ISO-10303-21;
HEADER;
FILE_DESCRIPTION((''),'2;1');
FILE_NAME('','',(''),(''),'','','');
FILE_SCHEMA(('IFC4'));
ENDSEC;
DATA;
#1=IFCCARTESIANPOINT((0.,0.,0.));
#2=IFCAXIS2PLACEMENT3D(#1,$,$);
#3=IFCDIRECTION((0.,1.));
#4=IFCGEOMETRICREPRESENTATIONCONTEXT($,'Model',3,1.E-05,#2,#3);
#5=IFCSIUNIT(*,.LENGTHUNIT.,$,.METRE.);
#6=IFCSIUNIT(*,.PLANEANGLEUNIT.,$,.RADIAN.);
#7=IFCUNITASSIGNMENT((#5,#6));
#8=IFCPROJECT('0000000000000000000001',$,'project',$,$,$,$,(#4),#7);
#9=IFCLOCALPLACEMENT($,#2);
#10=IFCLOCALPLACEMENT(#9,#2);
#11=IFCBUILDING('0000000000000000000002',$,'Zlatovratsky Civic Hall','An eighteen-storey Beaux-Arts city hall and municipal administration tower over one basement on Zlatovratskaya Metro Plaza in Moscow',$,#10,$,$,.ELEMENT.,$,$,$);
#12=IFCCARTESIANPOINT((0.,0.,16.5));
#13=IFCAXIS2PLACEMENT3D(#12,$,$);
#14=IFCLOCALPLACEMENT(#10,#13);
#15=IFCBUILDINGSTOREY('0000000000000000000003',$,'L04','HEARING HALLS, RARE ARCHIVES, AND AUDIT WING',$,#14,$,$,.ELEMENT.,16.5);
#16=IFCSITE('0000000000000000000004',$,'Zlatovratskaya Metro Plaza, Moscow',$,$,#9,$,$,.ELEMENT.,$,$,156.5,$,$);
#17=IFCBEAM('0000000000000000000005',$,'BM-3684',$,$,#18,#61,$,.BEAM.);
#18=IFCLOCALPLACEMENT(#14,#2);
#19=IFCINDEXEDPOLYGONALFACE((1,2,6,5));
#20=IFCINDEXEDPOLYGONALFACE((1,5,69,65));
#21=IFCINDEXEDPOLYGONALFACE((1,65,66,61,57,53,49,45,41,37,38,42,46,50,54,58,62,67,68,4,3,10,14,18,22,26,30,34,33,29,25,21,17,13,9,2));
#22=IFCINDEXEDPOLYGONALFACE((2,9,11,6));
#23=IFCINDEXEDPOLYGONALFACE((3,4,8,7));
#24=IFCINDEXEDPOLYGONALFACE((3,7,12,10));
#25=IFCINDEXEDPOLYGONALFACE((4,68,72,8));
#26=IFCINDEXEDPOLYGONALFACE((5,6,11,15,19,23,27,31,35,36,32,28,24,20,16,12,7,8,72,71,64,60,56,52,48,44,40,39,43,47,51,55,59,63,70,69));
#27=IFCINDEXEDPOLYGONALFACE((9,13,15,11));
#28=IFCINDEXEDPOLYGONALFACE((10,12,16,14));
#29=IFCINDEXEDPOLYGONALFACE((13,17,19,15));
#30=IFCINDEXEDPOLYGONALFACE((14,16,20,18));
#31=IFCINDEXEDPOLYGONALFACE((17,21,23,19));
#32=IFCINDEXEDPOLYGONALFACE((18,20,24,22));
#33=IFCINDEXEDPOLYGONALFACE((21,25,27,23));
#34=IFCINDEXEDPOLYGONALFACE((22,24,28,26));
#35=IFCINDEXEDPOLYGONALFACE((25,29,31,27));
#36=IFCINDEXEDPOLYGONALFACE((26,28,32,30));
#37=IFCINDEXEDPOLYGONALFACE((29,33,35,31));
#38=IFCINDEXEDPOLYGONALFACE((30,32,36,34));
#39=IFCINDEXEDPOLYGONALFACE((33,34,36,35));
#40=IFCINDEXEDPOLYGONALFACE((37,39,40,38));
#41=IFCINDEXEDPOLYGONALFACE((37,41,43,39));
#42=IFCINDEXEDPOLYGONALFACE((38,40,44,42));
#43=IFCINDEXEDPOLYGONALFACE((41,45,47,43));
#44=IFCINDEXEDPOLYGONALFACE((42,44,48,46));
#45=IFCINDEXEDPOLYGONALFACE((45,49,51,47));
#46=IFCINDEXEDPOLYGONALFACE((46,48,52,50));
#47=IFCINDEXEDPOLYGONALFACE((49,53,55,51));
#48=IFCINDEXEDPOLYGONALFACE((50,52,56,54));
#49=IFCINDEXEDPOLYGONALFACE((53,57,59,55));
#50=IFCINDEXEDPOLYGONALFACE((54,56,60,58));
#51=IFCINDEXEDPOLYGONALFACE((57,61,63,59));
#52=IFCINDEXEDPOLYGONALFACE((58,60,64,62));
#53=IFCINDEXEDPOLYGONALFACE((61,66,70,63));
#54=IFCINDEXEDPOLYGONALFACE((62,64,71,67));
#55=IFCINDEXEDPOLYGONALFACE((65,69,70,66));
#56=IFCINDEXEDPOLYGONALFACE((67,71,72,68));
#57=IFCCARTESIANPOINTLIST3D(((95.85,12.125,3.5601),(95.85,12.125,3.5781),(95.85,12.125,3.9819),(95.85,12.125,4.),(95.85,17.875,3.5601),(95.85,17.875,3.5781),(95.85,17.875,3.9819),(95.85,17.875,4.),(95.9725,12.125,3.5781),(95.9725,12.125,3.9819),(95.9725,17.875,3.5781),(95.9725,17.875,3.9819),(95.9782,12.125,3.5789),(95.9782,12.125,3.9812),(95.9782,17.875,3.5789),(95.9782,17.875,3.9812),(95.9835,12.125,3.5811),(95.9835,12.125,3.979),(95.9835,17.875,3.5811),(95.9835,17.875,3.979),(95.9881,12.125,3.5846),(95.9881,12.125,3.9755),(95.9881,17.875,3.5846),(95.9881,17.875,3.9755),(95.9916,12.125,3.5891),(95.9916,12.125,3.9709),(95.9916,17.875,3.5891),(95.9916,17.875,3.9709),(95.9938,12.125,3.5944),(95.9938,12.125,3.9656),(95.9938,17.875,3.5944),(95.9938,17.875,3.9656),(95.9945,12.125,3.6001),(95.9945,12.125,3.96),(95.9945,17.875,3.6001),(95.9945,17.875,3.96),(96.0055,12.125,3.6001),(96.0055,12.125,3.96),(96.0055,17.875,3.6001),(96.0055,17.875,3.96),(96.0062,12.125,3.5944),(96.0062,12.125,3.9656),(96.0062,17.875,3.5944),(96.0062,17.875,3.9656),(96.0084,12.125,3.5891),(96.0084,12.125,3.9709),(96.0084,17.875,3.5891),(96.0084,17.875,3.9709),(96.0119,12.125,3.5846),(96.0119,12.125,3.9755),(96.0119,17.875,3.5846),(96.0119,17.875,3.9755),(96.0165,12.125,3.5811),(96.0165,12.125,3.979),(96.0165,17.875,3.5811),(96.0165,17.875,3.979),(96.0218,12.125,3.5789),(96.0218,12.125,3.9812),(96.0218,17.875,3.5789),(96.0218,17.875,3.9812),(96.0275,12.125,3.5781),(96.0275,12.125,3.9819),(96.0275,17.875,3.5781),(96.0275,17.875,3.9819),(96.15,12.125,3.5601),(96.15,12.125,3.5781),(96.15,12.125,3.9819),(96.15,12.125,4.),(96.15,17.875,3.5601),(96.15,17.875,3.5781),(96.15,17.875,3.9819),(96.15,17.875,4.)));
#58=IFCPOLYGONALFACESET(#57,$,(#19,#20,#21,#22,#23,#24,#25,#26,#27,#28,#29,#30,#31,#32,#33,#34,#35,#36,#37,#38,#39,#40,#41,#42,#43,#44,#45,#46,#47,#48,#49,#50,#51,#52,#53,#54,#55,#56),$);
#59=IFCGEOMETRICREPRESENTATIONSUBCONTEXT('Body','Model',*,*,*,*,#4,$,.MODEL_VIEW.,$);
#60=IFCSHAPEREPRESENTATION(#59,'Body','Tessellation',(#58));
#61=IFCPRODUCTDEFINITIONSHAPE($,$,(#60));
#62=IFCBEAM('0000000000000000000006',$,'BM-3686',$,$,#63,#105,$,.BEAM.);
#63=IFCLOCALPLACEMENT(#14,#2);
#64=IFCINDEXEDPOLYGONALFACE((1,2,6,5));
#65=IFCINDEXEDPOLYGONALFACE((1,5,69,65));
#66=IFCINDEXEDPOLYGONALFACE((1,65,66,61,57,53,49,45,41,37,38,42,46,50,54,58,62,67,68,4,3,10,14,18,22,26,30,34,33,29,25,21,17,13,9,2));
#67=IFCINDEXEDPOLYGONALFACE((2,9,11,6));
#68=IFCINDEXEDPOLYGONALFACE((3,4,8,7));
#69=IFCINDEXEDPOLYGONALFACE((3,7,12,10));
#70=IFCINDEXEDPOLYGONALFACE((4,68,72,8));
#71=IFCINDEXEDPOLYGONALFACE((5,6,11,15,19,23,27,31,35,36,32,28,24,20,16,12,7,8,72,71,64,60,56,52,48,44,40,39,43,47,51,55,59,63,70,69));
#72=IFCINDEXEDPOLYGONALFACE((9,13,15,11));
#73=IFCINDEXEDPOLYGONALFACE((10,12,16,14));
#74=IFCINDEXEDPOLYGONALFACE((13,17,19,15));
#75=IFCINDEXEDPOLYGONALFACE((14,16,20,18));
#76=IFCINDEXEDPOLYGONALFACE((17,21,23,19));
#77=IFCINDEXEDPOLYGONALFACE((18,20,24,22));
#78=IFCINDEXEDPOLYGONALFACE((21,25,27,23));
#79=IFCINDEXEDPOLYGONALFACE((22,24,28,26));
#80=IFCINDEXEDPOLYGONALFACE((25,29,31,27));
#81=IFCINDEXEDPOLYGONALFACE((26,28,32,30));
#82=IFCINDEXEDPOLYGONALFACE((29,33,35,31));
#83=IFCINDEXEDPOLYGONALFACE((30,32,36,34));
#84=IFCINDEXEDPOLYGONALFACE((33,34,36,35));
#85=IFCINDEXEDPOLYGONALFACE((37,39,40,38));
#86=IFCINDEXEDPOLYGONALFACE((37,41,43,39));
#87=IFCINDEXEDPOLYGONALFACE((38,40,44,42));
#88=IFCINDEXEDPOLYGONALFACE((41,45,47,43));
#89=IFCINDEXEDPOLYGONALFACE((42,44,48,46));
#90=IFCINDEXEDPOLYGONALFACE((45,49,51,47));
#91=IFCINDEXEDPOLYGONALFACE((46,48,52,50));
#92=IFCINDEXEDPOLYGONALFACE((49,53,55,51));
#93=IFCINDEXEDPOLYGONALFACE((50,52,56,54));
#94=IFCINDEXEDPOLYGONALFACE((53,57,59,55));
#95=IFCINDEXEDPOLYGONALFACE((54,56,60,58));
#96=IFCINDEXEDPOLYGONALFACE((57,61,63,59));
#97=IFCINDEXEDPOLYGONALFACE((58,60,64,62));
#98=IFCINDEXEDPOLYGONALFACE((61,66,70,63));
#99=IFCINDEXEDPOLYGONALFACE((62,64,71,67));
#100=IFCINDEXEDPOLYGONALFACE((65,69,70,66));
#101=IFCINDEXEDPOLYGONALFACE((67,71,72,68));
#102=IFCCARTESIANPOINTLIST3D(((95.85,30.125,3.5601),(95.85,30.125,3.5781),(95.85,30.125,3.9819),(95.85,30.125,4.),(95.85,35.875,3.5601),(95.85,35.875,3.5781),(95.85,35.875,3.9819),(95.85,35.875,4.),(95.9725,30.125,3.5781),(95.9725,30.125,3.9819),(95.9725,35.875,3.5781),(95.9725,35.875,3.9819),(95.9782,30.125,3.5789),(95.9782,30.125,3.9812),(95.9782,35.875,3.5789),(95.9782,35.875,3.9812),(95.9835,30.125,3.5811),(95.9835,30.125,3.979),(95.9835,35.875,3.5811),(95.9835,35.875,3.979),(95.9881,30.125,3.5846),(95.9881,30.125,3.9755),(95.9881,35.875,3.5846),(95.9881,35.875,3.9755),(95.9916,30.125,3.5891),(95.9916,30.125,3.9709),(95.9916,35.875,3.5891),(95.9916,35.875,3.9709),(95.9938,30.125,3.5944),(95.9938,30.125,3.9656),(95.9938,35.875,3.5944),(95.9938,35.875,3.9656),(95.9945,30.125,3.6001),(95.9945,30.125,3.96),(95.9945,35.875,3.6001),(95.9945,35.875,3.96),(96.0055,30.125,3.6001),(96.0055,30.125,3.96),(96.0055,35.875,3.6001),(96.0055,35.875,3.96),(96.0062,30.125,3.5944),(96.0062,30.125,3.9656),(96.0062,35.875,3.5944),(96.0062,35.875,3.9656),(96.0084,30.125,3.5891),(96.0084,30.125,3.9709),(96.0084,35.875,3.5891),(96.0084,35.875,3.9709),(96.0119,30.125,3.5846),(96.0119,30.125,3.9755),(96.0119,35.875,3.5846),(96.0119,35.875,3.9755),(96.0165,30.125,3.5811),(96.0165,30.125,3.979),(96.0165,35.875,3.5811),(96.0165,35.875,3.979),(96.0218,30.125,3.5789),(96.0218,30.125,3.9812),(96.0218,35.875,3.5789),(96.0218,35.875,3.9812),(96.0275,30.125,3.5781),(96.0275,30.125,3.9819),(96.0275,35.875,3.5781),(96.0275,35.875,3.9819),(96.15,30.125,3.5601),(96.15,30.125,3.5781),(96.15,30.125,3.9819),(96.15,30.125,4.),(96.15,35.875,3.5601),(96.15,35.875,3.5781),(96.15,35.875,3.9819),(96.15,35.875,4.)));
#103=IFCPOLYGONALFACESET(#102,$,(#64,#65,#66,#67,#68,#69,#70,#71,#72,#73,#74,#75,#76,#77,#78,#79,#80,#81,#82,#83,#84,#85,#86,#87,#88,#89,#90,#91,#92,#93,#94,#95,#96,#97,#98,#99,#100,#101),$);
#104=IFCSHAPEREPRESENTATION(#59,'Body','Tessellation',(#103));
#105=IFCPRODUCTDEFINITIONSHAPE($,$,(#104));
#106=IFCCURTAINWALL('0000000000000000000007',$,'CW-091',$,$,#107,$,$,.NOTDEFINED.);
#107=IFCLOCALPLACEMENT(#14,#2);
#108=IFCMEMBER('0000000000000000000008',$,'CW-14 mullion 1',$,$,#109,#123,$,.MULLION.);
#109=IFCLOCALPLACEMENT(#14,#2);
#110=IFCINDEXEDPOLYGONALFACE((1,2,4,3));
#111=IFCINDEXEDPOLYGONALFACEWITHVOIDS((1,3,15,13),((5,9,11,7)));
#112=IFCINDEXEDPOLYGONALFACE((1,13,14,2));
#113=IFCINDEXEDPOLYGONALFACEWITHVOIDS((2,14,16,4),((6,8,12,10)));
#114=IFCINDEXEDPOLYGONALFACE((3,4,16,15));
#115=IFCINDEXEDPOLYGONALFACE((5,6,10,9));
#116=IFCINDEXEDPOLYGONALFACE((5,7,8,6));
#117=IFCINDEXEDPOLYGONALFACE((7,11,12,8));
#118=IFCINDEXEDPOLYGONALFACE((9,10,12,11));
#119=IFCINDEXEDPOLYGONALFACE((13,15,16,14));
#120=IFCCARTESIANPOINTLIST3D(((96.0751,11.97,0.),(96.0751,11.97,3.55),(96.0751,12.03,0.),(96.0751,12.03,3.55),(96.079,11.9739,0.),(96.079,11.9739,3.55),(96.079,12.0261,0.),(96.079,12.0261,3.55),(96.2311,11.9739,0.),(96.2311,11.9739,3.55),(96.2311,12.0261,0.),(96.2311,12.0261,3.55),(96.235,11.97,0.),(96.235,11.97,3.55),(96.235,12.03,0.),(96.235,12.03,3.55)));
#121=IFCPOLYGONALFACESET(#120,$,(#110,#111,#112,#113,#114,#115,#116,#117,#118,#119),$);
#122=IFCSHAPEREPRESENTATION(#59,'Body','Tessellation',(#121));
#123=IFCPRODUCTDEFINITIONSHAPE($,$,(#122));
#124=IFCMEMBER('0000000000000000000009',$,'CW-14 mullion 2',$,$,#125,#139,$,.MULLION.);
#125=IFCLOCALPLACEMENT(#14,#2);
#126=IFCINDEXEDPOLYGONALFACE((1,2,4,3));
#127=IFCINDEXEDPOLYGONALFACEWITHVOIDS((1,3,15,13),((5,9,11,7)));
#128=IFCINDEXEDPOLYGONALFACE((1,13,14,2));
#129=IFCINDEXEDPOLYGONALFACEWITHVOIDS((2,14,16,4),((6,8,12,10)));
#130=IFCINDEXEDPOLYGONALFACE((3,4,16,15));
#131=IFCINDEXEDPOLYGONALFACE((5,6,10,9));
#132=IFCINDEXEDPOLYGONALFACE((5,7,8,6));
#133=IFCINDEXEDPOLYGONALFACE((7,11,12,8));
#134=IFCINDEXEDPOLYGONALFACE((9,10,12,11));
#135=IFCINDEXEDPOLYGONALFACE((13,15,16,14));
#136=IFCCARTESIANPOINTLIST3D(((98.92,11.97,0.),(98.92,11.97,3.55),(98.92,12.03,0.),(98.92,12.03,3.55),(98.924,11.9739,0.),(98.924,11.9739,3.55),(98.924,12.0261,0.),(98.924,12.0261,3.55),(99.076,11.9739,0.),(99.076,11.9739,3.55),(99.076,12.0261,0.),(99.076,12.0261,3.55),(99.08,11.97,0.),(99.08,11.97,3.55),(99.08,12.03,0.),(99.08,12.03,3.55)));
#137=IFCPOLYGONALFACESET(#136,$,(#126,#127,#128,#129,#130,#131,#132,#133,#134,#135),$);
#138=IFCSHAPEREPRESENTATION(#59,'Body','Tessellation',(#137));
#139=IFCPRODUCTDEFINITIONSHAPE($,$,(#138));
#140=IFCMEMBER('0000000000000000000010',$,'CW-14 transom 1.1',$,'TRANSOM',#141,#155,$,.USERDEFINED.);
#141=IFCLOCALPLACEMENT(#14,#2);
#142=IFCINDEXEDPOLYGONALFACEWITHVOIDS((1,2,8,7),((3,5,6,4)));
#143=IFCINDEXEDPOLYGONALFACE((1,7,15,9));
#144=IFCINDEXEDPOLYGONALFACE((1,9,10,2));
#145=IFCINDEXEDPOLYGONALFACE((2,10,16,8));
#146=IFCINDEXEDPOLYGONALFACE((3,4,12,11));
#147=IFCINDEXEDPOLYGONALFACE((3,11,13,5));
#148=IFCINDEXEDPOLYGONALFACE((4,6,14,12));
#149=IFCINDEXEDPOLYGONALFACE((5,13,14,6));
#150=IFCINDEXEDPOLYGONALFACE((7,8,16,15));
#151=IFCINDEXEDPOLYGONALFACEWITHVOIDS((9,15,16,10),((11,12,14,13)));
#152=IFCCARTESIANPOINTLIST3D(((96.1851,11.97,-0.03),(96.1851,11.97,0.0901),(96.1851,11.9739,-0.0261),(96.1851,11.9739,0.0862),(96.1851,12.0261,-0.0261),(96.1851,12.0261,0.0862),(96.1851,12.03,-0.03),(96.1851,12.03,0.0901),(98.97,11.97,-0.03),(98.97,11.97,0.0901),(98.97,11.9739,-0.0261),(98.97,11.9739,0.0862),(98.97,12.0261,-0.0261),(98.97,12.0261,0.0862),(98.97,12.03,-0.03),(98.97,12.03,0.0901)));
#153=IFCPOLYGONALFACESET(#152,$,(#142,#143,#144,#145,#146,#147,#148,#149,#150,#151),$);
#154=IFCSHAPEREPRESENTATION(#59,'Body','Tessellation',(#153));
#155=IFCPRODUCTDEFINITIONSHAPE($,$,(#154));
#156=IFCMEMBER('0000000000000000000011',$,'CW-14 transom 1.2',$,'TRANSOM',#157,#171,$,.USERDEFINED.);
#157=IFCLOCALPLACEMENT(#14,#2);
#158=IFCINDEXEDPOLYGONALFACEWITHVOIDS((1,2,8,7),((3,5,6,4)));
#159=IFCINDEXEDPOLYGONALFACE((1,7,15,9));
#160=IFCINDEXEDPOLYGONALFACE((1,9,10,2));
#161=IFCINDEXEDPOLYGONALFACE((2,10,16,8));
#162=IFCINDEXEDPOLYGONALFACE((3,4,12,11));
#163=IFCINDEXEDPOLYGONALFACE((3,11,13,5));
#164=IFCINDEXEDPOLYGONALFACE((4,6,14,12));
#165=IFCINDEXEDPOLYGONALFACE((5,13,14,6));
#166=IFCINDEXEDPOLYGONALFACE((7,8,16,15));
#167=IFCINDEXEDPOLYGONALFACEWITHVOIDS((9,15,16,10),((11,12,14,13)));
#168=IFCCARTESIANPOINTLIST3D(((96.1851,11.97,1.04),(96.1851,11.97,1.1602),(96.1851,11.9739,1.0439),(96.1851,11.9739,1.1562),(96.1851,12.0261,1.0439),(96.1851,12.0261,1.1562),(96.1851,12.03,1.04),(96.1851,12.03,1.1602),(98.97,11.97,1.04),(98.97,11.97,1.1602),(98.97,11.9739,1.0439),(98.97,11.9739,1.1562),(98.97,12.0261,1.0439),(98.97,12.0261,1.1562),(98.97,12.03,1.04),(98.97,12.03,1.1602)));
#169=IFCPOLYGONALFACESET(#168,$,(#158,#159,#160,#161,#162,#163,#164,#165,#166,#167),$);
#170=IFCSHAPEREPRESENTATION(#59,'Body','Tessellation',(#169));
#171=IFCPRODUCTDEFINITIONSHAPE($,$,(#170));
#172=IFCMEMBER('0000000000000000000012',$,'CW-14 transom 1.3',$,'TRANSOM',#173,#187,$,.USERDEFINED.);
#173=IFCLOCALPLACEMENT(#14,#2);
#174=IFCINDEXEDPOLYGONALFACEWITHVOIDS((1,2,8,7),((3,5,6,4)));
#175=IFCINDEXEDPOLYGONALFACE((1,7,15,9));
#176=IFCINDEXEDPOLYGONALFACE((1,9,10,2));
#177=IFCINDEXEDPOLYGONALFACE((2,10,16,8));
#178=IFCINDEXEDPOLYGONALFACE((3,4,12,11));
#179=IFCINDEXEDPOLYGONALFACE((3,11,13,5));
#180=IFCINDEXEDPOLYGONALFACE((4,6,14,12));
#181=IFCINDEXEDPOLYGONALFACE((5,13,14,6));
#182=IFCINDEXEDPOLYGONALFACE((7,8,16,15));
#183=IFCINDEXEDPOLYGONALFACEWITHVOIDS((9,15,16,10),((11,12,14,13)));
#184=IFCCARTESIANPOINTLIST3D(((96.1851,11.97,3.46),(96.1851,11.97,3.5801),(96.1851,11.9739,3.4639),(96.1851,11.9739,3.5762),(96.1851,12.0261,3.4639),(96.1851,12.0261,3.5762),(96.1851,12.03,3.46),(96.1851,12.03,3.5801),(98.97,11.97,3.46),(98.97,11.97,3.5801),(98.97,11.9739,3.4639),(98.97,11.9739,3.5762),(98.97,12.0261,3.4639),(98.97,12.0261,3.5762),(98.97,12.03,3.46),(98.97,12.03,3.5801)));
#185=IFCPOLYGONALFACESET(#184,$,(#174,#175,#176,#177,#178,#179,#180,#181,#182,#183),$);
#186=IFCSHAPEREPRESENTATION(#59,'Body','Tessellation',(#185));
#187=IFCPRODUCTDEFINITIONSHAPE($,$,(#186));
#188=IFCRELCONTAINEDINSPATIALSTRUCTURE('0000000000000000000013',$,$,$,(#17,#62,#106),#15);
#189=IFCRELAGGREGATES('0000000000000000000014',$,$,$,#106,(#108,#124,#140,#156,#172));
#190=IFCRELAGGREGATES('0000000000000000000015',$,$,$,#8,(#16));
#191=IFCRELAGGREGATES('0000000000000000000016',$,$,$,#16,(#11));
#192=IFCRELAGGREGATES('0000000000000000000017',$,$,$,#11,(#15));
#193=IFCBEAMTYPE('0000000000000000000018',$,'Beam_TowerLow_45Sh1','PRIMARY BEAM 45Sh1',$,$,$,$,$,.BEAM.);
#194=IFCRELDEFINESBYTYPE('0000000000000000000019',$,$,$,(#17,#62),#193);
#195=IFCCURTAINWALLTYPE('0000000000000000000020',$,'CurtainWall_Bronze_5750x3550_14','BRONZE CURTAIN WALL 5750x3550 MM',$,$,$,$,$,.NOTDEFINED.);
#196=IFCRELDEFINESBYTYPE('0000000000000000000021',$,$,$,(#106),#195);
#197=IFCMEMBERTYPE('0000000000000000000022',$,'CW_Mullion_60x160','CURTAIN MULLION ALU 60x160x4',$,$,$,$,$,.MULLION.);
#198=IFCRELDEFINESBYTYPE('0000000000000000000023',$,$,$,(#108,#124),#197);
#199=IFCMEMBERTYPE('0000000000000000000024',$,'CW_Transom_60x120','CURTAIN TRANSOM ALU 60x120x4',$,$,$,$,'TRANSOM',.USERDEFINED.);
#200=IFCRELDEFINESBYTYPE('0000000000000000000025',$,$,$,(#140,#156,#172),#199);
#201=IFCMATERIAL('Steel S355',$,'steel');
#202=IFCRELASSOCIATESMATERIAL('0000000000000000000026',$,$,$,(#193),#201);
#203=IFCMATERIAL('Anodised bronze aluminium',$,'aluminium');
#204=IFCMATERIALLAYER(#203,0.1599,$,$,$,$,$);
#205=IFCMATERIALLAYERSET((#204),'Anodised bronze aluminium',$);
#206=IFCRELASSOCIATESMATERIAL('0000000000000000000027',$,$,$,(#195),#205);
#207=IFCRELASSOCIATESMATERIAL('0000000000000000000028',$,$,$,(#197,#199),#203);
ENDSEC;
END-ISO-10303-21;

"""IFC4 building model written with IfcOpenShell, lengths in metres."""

from ifc_helpers import new_model, si_unit, direction, frame, origin, origin_2d, place, context, subcontext, project, spatial, hollow_rectangle, i_section, extrude, material, layer, layer_set, material_profile, profile_set, type_object, element, aggregate, save


model = new_model("IFC4")

# Units and contexts
model_context = context("Model", 3, precision=1e-05, world=origin(), true_north=direction((0.0, 1.0)))
body_context = subcontext(model_context, "Body", "Model", "MODEL_VIEW")
ifc_project = project(units=[si_unit("LENGTHUNIT", "METRE"), si_unit("PLANEANGLEUNIT", "RADIAN")], contexts=[model_context])

# Site, building, storey
site_placement = place(None, origin())
site = spatial("IfcSite", under=ifc_project, at=site_placement, Name="Zlatovratskaya Metro Plaza, Moscow", CompositionType="ELEMENT", RefElevation=156.5)
building_placement = place(site_placement, origin())
building = spatial("IfcBuilding", under=site, at=building_placement, Name="Zlatovratsky Civic Hall", Description="An eighteen-storey Beaux-Arts city hall and municipal administration tower over one basement on Zlatovratskaya Metro Plaza in Moscow", CompositionType="ELEMENT")
storey_placement = place(building_placement, frame((0.0, 0.0, 16.5)))
storey = spatial("IfcBuildingStorey", under=building, at=storey_placement, Name="L04", Description="HEARING HALLS, RARE ARCHIVES, AND AUDIT WING", CompositionType="ELEMENT", Elevation=16.5)

# Shared definitions
ifc_material_1 = material(Name="Steel S355", Category="steel")

# Beams
ifc_material_profile_1 = material_profile(ifc_material_1, i_section(OverallWidth=0.3, OverallDepth=0.4399, WebThickness=0.011, FlangeThickness=0.0181, FilletRadius=0.022, at=origin_2d()), Name="45Sh1")
ifc_profile_set_1 = profile_set([ifc_material_profile_1], Name="Steel S355")
beam_type_1 = type_object("IfcBeamType", Name="Beam_TowerLow_45Sh1", Description="PRIMARY BEAM 45Sh1", PredefinedType="BEAM", material=ifc_profile_set_1)
for number, where, z_axis, x_axis, name in (
    (1, (96.0, 12.125, 3.78), (0.0, 1.0, 0.0), (-1.0, 0.0, 0.0), "BM-3684"),
    (2, (96.0, 30.125, 3.78), (0.0, 1.0, 0.0), (-1.0, 0.0, 0.0), "BM-3686"),
):
    element("IfcBeam", number, at=place(storey_placement, frame(where, z_axis=z_axis, x_axis=x_axis)), inside=storey, type_object=beam_type_1, Name=name, PredefinedType="BEAM", context=body_context, shape_type="SweptSolid", body=[
        extrude(i_section(OverallWidth=0.3, OverallDepth=0.4399, WebThickness=0.011, FlangeThickness=0.0181, FilletRadius=0.022, at=origin_2d()), origin(), (0.0, 0.0, 1.0), 5.75),
    ])

# Curtain wall, members
ifc_material_2 = material(Name="Anodised bronze aluminium", Category="aluminium")
ifc_layer_1 = layer(ifc_material_2, 0.1599)
ifc_layer_set_1 = layer_set([ifc_layer_1], Name="Anodised bronze aluminium")
curtain_wall_type = type_object("IfcCurtainWallType", Name="CurtainWall_Bronze_5750x3550_14", Description="BRONZE CURTAIN WALL 5750x3550 MM", PredefinedType="NOTDEFINED", material=ifc_layer_set_1)
curtain_wall_placement = place(storey_placement, origin())
curtain_wall = element("IfcCurtainWall", 3, at=curtain_wall_placement, inside=storey, type_object=curtain_wall_type, Name="CW-091", PredefinedType="NOTDEFINED")
ifc_material_profile_2 = material_profile(ifc_material_2, hollow_rectangle(XDim=0.0601, YDim=0.1599, WallThickness=0.0039, at=origin_2d()), Name="ALU 60x160x4")
ifc_profile_set_2 = profile_set([ifc_material_profile_2], Name="Anodised bronze aluminium")
member_type_1 = type_object("IfcMemberType", Name="CW_Mullion_60x160", Description="CURTAIN MULLION ALU 60x160x4", PredefinedType="MULLION", material=ifc_profile_set_2)
member_1_placement = place(storey_placement, frame((96.155, 12.0, 0.0), z_axis=(0.0, 0.0, 1.0), x_axis=(0.0, 1.0, 0.0)))
member_1 = element("IfcMember", 4, at=member_1_placement, type_object=member_type_1, Name="CW-14 mullion 1", PredefinedType="MULLION", context=body_context, shape_type="SweptSolid", body=[
    extrude(hollow_rectangle(XDim=0.0601, YDim=0.1599, WallThickness=0.0039, at=origin_2d()), origin(), (0.0, 0.0, 1.0), 3.55),
])
member_2_placement = place(storey_placement, frame((99.0, 12.0, 0.0), z_axis=(0.0, 0.0, 1.0), x_axis=(0.0, 1.0, 0.0)))
member_2 = element("IfcMember", 5, at=member_2_placement, type_object=member_type_1, Name="CW-14 mullion 2", PredefinedType="MULLION", context=body_context, shape_type="SweptSolid", body=[
    extrude(hollow_rectangle(XDim=0.0601, YDim=0.1599, WallThickness=0.0039, at=origin_2d()), origin(), (0.0, 0.0, 1.0), 3.55),
])
ifc_material_profile_3 = material_profile(ifc_material_2, hollow_rectangle(XDim=0.0601, YDim=0.1201, WallThickness=0.0039, at=origin_2d()), Name="ALU 60x120x4")
ifc_profile_set_3 = profile_set([ifc_material_profile_3], Name="Anodised bronze aluminium")
member_type_2 = type_object("IfcMemberType", Name="CW_Transom_60x120", Description="CURTAIN TRANSOM ALU 60x120x4", ElementType="TRANSOM", PredefinedType="USERDEFINED", material=ifc_profile_set_3)
member_3_placement = place(storey_placement, frame((96.1851, 12.0, 0.03), z_axis=(1.0, 0.0, 0.0), x_axis=(0.0, 1.0, 0.0)))
member_3 = element("IfcMember", 6, at=member_3_placement, type_object=member_type_2, Name="CW-14 transom 1.1", ObjectType="TRANSOM", PredefinedType="USERDEFINED", context=body_context, shape_type="SweptSolid", body=[
    extrude(hollow_rectangle(XDim=0.0601, YDim=0.1201, WallThickness=0.0039, at=origin_2d()), origin(), (0.0, 0.0, 1.0), 2.7849),
])
member_4_placement = place(storey_placement, frame((96.1851, 12.0, 1.1001), z_axis=(1.0, 0.0, 0.0), x_axis=(0.0, 1.0, 0.0)))
member_4 = element("IfcMember", 7, at=member_4_placement, type_object=member_type_2, Name="CW-14 transom 1.2", ObjectType="TRANSOM", PredefinedType="USERDEFINED", context=body_context, shape_type="SweptSolid", body=[
    extrude(hollow_rectangle(XDim=0.0601, YDim=0.1201, WallThickness=0.0039, at=origin_2d()), origin(), (0.0, 0.0, 1.0), 2.7849),
])
member_5_placement = place(storey_placement, frame((96.1851, 12.0, 3.52), z_axis=(1.0, 0.0, 0.0), x_axis=(0.0, 1.0, 0.0)))
member_5 = element("IfcMember", 8, at=member_5_placement, type_object=member_type_2, Name="CW-14 transom 1.3", ObjectType="TRANSOM", PredefinedType="USERDEFINED", context=body_context, shape_type="SweptSolid", body=[
    extrude(hollow_rectangle(XDim=0.0601, YDim=0.1201, WallThickness=0.0039, at=origin_2d()), origin(), (0.0, 0.0, 1.0), 2.7849),
])
aggregate(curtain_wall, [member_1, member_2, member_3, member_4, member_5])

save(model, "model.ifc")
